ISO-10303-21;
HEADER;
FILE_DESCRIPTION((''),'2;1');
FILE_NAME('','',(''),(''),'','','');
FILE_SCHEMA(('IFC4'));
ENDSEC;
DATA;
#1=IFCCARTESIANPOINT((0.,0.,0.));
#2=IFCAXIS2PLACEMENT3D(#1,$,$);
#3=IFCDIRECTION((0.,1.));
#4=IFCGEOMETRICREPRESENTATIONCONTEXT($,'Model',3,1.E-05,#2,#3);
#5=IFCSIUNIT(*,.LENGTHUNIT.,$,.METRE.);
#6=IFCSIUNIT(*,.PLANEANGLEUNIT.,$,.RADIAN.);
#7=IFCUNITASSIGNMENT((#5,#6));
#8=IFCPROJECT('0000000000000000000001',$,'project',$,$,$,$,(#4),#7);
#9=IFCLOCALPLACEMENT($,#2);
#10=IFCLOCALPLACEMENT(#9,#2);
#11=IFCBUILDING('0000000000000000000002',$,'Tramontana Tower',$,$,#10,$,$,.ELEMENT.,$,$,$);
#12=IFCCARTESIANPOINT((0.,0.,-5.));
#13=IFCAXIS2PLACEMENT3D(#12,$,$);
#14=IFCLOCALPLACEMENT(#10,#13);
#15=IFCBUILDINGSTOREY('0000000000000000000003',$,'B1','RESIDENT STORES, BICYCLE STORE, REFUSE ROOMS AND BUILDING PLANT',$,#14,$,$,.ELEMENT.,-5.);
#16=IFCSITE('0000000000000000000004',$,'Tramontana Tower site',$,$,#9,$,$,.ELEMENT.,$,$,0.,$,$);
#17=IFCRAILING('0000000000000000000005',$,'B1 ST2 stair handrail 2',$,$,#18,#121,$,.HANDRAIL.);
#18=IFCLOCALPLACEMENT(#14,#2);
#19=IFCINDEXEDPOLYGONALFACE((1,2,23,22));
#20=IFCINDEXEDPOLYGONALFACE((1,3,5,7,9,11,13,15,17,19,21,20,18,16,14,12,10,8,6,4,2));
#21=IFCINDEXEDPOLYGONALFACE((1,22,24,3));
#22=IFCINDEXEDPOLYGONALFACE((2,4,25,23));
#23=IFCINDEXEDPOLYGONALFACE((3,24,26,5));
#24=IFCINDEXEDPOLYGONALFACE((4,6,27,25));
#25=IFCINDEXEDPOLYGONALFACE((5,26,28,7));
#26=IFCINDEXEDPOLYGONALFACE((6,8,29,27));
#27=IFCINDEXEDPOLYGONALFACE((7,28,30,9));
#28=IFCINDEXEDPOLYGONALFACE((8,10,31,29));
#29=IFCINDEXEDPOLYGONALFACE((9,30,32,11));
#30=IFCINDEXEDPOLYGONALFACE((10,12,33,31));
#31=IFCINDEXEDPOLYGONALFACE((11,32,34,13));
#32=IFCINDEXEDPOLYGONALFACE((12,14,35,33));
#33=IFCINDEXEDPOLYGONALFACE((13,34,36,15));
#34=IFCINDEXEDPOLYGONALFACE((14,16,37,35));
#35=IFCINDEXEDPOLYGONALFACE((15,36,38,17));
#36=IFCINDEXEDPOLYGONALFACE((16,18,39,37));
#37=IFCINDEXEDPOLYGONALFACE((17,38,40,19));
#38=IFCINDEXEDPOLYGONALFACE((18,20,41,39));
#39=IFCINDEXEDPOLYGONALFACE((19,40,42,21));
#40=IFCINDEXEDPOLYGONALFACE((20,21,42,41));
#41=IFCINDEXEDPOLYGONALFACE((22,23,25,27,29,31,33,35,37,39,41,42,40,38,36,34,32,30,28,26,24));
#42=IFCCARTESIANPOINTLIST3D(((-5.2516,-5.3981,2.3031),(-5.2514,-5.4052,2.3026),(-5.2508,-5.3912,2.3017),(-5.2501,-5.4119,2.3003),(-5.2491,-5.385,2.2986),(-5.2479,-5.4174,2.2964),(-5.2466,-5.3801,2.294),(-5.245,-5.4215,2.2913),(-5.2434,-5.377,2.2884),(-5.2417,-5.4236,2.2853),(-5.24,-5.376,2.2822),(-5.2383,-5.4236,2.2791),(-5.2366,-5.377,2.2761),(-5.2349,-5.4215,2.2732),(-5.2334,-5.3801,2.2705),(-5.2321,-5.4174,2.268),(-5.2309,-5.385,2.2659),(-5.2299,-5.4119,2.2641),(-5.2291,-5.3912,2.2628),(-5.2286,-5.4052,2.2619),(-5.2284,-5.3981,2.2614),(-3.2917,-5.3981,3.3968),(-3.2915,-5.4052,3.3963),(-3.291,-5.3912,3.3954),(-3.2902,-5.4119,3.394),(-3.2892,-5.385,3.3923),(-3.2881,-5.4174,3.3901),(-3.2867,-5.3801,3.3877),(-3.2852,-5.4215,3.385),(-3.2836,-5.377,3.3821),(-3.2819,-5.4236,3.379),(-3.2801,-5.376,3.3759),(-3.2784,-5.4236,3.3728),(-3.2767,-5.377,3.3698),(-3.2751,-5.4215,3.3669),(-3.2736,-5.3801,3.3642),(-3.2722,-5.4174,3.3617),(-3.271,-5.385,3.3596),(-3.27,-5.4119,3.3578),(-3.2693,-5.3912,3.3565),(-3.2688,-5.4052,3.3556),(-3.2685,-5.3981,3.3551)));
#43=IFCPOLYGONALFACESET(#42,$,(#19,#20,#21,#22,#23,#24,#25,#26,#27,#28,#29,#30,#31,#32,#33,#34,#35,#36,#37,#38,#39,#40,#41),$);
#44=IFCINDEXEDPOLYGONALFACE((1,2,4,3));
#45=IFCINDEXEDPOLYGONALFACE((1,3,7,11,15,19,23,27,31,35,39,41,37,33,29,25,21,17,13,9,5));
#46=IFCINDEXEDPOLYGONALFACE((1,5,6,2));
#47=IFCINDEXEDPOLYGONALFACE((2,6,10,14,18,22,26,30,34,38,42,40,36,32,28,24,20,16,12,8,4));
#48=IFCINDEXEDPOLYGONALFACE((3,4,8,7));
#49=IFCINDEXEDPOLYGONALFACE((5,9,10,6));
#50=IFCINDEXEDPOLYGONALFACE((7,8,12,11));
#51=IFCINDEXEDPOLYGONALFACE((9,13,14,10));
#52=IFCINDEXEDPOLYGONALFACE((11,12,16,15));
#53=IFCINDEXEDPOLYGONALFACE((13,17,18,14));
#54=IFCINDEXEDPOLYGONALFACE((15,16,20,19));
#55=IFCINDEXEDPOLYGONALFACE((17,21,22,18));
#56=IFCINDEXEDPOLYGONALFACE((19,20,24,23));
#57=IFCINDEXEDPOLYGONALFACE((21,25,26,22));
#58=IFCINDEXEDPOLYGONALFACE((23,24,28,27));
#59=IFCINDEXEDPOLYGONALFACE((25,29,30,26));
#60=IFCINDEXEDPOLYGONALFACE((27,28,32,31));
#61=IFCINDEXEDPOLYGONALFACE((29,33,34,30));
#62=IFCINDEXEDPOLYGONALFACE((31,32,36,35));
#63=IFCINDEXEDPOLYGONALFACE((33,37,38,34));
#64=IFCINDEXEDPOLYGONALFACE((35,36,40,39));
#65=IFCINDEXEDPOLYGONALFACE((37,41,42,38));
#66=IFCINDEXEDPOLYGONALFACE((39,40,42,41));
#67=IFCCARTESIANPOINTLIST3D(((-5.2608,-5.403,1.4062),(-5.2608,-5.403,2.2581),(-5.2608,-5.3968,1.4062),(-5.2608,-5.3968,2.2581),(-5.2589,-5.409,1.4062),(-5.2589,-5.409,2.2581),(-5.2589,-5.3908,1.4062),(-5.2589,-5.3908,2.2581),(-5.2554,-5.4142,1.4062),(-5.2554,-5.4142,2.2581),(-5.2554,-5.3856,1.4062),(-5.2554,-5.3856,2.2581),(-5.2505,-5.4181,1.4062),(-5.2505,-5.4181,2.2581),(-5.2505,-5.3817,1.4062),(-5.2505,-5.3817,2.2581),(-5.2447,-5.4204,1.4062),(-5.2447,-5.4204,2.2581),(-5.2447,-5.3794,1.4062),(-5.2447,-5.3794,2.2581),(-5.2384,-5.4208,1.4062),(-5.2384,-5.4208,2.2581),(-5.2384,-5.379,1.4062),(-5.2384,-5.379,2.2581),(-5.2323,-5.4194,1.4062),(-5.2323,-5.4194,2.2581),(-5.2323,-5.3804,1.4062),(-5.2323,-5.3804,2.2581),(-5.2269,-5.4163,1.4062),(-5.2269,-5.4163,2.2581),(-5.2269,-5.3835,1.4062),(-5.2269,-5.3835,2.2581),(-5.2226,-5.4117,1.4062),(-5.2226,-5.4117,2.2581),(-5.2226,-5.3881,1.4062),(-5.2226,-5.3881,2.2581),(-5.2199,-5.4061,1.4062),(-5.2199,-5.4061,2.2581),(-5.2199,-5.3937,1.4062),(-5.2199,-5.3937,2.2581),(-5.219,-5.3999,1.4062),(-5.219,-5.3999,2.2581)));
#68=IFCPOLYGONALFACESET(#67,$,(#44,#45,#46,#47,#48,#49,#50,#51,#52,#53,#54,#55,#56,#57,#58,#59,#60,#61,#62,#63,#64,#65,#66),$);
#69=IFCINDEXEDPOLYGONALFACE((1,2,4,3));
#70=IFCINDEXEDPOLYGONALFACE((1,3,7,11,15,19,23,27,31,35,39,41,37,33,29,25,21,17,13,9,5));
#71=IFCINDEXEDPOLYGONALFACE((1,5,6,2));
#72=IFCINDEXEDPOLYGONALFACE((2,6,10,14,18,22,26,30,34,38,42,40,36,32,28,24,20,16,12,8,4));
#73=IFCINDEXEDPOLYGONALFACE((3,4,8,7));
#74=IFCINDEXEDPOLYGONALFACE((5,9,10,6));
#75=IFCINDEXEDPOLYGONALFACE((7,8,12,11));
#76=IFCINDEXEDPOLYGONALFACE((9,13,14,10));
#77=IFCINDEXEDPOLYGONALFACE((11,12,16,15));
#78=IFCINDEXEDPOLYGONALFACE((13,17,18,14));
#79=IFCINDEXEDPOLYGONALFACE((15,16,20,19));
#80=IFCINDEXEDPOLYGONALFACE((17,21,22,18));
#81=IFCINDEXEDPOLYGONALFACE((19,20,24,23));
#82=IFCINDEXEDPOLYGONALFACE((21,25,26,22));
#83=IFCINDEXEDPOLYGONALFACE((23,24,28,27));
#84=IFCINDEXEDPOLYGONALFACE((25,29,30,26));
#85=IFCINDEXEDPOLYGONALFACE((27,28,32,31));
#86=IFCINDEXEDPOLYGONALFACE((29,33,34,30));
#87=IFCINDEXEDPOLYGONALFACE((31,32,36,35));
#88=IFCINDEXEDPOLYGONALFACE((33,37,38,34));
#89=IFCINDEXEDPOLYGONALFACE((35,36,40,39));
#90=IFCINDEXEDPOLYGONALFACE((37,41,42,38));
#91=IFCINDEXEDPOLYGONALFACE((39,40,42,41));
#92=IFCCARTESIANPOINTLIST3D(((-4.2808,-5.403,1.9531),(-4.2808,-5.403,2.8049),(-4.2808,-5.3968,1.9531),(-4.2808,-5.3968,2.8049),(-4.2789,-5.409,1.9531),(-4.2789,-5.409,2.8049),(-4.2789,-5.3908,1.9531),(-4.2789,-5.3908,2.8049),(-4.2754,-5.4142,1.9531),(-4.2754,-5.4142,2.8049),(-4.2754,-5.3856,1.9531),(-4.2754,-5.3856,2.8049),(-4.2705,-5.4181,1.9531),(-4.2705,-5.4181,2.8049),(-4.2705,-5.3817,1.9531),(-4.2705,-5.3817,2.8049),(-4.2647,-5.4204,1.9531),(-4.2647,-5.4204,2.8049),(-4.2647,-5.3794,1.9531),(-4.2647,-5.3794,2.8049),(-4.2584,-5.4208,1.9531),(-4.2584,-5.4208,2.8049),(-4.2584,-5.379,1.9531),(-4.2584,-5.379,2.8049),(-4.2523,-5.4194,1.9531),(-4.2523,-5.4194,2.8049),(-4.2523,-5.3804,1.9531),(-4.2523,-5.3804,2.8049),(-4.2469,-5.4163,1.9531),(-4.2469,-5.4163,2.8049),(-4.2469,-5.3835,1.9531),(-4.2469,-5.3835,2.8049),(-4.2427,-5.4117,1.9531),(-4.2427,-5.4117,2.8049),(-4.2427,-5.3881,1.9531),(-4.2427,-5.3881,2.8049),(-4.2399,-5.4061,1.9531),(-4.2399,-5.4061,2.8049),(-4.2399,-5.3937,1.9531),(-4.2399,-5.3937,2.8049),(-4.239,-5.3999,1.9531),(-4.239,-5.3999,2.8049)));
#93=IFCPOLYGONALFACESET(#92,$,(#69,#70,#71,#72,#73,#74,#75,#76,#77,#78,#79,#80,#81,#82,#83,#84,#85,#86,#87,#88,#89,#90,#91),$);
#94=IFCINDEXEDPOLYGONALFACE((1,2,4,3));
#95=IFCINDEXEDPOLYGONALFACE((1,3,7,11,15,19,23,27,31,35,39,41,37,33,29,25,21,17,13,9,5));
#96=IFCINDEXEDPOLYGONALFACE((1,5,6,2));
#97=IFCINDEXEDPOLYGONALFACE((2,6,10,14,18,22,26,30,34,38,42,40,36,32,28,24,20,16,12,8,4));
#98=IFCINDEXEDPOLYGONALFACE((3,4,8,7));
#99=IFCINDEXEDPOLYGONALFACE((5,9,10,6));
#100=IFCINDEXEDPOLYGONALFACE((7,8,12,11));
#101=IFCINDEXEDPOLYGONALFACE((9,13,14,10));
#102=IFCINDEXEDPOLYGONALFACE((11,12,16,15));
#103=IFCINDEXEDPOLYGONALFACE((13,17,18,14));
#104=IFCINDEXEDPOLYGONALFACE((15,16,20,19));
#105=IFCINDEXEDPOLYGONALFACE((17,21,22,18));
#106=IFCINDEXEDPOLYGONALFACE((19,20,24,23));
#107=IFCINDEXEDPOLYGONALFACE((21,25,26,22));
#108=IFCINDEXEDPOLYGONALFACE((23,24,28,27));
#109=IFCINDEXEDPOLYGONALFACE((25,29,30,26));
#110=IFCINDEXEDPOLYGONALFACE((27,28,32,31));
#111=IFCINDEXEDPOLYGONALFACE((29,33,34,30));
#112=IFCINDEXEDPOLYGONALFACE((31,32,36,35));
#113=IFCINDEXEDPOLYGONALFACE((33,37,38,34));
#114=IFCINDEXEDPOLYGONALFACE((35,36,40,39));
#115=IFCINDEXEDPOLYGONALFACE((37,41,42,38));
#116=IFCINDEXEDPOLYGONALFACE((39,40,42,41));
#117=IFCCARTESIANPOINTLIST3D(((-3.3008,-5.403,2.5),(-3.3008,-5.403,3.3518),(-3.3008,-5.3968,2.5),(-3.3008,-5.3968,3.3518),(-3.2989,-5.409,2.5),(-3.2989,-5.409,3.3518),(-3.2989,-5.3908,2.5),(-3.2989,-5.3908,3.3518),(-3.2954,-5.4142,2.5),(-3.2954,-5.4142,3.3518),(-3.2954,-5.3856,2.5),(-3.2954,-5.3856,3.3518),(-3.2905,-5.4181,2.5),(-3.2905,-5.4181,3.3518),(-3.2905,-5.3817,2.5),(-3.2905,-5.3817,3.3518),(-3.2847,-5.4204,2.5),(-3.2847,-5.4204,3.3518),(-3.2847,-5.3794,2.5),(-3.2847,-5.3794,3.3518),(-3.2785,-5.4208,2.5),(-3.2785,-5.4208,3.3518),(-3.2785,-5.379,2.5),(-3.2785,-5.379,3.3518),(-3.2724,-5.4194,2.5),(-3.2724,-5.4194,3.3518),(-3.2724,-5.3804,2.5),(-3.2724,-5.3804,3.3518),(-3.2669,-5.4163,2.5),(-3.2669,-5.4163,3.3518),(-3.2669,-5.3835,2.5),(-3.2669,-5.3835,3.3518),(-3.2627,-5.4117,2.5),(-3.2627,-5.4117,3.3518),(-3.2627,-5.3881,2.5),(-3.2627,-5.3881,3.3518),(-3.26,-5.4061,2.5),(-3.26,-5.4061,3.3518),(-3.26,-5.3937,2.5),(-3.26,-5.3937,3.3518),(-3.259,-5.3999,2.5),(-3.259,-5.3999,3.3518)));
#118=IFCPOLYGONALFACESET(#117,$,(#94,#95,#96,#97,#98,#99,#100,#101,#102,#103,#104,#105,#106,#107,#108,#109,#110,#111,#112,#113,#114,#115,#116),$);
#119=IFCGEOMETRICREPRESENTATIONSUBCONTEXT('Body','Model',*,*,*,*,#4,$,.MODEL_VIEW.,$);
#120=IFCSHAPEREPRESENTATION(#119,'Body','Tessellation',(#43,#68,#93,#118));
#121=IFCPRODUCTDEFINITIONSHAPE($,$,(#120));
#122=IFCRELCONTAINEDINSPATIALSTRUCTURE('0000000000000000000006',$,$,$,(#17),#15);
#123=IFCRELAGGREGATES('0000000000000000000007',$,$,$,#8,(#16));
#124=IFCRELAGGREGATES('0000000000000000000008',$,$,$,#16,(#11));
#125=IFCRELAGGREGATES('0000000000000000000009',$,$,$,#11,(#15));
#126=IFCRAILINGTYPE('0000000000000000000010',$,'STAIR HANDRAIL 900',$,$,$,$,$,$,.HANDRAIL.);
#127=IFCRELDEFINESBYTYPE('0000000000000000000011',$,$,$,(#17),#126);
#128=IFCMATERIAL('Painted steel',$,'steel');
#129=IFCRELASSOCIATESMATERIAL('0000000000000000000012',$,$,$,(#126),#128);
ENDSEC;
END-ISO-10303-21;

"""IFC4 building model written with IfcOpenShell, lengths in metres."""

from ifc_helpers import new_model, si_unit, direction, frame, origin, origin_2d, place, context, subcontext, project, spatial, circle, extrude, material, type_object, element, save


model = new_model("IFC4")

# Units and contexts
model_context = context("Model", 3, precision=1e-05, world=origin(), true_north=direction((0.0, 1.0)))
body_context = subcontext(model_context, "Body", "Model", "MODEL_VIEW")
ifc_project = project(units=[si_unit("LENGTHUNIT", "METRE"), si_unit("PLANEANGLEUNIT", "RADIAN")], contexts=[model_context])

# Site, building, storey
site_placement = place(None, origin())
site = spatial("IfcSite", under=ifc_project, at=site_placement, Name="Tramontana Tower site", CompositionType="ELEMENT", RefElevation=0.0)
building_placement = place(site_placement, origin())
building = spatial("IfcBuilding", under=site, at=building_placement, Name="Tramontana Tower", CompositionType="ELEMENT")
storey_placement = place(building_placement, frame((0.0, 0.0, -5.0)))
storey = spatial("IfcBuildingStorey", under=building, at=storey_placement, Name="B1", Description="RESIDENT STORES, BICYCLE STORE, REFUSE ROOMS AND BUILDING PLANT", CompositionType="ELEMENT", Elevation=-5.0)

# Railing
ifc_material_1 = material(Name="Painted steel", Category="steel")
railing_type_1 = type_object("IfcRailingType", Name="STAIR HANDRAIL 900", PredefinedType="HANDRAIL", material=ifc_material_1)
railing_1_placement = place(storey_placement, frame((-5.24, -5.3999, 1.4062)))
element("IfcRailing", 1, at=railing_1_placement, inside=storey, type_object=railing_type_1, Name="B1 ST2 stair handrail 2", PredefinedType="HANDRAIL", context=body_context, shape_type="SweptSolid", body=[
    extrude(circle(Radius=0.0239, at=origin_2d()), frame((0.0, 0.0, 0.876), z_axis=(0.873232, 0.0, 0.487304), x_axis=(0.0, 1.0, 0.0)), (0.0, 0.0, 1.0), 2.2444),
    extrude(circle(Radius=0.021, at=origin_2d()), origin(), (0.0, 0.0, 1.0), 0.8518),
    extrude(circle(Radius=0.021, at=origin_2d()), frame((0.98, 0.0, 0.5469)), (0.0, 0.0, 1.0), 0.8518),
    extrude(circle(Radius=0.021, at=origin_2d()), frame((1.96, 0.0, 1.0938)), (0.0, 0.0, 1.0), 0.8518),
])

save(model, "model.ifc")
